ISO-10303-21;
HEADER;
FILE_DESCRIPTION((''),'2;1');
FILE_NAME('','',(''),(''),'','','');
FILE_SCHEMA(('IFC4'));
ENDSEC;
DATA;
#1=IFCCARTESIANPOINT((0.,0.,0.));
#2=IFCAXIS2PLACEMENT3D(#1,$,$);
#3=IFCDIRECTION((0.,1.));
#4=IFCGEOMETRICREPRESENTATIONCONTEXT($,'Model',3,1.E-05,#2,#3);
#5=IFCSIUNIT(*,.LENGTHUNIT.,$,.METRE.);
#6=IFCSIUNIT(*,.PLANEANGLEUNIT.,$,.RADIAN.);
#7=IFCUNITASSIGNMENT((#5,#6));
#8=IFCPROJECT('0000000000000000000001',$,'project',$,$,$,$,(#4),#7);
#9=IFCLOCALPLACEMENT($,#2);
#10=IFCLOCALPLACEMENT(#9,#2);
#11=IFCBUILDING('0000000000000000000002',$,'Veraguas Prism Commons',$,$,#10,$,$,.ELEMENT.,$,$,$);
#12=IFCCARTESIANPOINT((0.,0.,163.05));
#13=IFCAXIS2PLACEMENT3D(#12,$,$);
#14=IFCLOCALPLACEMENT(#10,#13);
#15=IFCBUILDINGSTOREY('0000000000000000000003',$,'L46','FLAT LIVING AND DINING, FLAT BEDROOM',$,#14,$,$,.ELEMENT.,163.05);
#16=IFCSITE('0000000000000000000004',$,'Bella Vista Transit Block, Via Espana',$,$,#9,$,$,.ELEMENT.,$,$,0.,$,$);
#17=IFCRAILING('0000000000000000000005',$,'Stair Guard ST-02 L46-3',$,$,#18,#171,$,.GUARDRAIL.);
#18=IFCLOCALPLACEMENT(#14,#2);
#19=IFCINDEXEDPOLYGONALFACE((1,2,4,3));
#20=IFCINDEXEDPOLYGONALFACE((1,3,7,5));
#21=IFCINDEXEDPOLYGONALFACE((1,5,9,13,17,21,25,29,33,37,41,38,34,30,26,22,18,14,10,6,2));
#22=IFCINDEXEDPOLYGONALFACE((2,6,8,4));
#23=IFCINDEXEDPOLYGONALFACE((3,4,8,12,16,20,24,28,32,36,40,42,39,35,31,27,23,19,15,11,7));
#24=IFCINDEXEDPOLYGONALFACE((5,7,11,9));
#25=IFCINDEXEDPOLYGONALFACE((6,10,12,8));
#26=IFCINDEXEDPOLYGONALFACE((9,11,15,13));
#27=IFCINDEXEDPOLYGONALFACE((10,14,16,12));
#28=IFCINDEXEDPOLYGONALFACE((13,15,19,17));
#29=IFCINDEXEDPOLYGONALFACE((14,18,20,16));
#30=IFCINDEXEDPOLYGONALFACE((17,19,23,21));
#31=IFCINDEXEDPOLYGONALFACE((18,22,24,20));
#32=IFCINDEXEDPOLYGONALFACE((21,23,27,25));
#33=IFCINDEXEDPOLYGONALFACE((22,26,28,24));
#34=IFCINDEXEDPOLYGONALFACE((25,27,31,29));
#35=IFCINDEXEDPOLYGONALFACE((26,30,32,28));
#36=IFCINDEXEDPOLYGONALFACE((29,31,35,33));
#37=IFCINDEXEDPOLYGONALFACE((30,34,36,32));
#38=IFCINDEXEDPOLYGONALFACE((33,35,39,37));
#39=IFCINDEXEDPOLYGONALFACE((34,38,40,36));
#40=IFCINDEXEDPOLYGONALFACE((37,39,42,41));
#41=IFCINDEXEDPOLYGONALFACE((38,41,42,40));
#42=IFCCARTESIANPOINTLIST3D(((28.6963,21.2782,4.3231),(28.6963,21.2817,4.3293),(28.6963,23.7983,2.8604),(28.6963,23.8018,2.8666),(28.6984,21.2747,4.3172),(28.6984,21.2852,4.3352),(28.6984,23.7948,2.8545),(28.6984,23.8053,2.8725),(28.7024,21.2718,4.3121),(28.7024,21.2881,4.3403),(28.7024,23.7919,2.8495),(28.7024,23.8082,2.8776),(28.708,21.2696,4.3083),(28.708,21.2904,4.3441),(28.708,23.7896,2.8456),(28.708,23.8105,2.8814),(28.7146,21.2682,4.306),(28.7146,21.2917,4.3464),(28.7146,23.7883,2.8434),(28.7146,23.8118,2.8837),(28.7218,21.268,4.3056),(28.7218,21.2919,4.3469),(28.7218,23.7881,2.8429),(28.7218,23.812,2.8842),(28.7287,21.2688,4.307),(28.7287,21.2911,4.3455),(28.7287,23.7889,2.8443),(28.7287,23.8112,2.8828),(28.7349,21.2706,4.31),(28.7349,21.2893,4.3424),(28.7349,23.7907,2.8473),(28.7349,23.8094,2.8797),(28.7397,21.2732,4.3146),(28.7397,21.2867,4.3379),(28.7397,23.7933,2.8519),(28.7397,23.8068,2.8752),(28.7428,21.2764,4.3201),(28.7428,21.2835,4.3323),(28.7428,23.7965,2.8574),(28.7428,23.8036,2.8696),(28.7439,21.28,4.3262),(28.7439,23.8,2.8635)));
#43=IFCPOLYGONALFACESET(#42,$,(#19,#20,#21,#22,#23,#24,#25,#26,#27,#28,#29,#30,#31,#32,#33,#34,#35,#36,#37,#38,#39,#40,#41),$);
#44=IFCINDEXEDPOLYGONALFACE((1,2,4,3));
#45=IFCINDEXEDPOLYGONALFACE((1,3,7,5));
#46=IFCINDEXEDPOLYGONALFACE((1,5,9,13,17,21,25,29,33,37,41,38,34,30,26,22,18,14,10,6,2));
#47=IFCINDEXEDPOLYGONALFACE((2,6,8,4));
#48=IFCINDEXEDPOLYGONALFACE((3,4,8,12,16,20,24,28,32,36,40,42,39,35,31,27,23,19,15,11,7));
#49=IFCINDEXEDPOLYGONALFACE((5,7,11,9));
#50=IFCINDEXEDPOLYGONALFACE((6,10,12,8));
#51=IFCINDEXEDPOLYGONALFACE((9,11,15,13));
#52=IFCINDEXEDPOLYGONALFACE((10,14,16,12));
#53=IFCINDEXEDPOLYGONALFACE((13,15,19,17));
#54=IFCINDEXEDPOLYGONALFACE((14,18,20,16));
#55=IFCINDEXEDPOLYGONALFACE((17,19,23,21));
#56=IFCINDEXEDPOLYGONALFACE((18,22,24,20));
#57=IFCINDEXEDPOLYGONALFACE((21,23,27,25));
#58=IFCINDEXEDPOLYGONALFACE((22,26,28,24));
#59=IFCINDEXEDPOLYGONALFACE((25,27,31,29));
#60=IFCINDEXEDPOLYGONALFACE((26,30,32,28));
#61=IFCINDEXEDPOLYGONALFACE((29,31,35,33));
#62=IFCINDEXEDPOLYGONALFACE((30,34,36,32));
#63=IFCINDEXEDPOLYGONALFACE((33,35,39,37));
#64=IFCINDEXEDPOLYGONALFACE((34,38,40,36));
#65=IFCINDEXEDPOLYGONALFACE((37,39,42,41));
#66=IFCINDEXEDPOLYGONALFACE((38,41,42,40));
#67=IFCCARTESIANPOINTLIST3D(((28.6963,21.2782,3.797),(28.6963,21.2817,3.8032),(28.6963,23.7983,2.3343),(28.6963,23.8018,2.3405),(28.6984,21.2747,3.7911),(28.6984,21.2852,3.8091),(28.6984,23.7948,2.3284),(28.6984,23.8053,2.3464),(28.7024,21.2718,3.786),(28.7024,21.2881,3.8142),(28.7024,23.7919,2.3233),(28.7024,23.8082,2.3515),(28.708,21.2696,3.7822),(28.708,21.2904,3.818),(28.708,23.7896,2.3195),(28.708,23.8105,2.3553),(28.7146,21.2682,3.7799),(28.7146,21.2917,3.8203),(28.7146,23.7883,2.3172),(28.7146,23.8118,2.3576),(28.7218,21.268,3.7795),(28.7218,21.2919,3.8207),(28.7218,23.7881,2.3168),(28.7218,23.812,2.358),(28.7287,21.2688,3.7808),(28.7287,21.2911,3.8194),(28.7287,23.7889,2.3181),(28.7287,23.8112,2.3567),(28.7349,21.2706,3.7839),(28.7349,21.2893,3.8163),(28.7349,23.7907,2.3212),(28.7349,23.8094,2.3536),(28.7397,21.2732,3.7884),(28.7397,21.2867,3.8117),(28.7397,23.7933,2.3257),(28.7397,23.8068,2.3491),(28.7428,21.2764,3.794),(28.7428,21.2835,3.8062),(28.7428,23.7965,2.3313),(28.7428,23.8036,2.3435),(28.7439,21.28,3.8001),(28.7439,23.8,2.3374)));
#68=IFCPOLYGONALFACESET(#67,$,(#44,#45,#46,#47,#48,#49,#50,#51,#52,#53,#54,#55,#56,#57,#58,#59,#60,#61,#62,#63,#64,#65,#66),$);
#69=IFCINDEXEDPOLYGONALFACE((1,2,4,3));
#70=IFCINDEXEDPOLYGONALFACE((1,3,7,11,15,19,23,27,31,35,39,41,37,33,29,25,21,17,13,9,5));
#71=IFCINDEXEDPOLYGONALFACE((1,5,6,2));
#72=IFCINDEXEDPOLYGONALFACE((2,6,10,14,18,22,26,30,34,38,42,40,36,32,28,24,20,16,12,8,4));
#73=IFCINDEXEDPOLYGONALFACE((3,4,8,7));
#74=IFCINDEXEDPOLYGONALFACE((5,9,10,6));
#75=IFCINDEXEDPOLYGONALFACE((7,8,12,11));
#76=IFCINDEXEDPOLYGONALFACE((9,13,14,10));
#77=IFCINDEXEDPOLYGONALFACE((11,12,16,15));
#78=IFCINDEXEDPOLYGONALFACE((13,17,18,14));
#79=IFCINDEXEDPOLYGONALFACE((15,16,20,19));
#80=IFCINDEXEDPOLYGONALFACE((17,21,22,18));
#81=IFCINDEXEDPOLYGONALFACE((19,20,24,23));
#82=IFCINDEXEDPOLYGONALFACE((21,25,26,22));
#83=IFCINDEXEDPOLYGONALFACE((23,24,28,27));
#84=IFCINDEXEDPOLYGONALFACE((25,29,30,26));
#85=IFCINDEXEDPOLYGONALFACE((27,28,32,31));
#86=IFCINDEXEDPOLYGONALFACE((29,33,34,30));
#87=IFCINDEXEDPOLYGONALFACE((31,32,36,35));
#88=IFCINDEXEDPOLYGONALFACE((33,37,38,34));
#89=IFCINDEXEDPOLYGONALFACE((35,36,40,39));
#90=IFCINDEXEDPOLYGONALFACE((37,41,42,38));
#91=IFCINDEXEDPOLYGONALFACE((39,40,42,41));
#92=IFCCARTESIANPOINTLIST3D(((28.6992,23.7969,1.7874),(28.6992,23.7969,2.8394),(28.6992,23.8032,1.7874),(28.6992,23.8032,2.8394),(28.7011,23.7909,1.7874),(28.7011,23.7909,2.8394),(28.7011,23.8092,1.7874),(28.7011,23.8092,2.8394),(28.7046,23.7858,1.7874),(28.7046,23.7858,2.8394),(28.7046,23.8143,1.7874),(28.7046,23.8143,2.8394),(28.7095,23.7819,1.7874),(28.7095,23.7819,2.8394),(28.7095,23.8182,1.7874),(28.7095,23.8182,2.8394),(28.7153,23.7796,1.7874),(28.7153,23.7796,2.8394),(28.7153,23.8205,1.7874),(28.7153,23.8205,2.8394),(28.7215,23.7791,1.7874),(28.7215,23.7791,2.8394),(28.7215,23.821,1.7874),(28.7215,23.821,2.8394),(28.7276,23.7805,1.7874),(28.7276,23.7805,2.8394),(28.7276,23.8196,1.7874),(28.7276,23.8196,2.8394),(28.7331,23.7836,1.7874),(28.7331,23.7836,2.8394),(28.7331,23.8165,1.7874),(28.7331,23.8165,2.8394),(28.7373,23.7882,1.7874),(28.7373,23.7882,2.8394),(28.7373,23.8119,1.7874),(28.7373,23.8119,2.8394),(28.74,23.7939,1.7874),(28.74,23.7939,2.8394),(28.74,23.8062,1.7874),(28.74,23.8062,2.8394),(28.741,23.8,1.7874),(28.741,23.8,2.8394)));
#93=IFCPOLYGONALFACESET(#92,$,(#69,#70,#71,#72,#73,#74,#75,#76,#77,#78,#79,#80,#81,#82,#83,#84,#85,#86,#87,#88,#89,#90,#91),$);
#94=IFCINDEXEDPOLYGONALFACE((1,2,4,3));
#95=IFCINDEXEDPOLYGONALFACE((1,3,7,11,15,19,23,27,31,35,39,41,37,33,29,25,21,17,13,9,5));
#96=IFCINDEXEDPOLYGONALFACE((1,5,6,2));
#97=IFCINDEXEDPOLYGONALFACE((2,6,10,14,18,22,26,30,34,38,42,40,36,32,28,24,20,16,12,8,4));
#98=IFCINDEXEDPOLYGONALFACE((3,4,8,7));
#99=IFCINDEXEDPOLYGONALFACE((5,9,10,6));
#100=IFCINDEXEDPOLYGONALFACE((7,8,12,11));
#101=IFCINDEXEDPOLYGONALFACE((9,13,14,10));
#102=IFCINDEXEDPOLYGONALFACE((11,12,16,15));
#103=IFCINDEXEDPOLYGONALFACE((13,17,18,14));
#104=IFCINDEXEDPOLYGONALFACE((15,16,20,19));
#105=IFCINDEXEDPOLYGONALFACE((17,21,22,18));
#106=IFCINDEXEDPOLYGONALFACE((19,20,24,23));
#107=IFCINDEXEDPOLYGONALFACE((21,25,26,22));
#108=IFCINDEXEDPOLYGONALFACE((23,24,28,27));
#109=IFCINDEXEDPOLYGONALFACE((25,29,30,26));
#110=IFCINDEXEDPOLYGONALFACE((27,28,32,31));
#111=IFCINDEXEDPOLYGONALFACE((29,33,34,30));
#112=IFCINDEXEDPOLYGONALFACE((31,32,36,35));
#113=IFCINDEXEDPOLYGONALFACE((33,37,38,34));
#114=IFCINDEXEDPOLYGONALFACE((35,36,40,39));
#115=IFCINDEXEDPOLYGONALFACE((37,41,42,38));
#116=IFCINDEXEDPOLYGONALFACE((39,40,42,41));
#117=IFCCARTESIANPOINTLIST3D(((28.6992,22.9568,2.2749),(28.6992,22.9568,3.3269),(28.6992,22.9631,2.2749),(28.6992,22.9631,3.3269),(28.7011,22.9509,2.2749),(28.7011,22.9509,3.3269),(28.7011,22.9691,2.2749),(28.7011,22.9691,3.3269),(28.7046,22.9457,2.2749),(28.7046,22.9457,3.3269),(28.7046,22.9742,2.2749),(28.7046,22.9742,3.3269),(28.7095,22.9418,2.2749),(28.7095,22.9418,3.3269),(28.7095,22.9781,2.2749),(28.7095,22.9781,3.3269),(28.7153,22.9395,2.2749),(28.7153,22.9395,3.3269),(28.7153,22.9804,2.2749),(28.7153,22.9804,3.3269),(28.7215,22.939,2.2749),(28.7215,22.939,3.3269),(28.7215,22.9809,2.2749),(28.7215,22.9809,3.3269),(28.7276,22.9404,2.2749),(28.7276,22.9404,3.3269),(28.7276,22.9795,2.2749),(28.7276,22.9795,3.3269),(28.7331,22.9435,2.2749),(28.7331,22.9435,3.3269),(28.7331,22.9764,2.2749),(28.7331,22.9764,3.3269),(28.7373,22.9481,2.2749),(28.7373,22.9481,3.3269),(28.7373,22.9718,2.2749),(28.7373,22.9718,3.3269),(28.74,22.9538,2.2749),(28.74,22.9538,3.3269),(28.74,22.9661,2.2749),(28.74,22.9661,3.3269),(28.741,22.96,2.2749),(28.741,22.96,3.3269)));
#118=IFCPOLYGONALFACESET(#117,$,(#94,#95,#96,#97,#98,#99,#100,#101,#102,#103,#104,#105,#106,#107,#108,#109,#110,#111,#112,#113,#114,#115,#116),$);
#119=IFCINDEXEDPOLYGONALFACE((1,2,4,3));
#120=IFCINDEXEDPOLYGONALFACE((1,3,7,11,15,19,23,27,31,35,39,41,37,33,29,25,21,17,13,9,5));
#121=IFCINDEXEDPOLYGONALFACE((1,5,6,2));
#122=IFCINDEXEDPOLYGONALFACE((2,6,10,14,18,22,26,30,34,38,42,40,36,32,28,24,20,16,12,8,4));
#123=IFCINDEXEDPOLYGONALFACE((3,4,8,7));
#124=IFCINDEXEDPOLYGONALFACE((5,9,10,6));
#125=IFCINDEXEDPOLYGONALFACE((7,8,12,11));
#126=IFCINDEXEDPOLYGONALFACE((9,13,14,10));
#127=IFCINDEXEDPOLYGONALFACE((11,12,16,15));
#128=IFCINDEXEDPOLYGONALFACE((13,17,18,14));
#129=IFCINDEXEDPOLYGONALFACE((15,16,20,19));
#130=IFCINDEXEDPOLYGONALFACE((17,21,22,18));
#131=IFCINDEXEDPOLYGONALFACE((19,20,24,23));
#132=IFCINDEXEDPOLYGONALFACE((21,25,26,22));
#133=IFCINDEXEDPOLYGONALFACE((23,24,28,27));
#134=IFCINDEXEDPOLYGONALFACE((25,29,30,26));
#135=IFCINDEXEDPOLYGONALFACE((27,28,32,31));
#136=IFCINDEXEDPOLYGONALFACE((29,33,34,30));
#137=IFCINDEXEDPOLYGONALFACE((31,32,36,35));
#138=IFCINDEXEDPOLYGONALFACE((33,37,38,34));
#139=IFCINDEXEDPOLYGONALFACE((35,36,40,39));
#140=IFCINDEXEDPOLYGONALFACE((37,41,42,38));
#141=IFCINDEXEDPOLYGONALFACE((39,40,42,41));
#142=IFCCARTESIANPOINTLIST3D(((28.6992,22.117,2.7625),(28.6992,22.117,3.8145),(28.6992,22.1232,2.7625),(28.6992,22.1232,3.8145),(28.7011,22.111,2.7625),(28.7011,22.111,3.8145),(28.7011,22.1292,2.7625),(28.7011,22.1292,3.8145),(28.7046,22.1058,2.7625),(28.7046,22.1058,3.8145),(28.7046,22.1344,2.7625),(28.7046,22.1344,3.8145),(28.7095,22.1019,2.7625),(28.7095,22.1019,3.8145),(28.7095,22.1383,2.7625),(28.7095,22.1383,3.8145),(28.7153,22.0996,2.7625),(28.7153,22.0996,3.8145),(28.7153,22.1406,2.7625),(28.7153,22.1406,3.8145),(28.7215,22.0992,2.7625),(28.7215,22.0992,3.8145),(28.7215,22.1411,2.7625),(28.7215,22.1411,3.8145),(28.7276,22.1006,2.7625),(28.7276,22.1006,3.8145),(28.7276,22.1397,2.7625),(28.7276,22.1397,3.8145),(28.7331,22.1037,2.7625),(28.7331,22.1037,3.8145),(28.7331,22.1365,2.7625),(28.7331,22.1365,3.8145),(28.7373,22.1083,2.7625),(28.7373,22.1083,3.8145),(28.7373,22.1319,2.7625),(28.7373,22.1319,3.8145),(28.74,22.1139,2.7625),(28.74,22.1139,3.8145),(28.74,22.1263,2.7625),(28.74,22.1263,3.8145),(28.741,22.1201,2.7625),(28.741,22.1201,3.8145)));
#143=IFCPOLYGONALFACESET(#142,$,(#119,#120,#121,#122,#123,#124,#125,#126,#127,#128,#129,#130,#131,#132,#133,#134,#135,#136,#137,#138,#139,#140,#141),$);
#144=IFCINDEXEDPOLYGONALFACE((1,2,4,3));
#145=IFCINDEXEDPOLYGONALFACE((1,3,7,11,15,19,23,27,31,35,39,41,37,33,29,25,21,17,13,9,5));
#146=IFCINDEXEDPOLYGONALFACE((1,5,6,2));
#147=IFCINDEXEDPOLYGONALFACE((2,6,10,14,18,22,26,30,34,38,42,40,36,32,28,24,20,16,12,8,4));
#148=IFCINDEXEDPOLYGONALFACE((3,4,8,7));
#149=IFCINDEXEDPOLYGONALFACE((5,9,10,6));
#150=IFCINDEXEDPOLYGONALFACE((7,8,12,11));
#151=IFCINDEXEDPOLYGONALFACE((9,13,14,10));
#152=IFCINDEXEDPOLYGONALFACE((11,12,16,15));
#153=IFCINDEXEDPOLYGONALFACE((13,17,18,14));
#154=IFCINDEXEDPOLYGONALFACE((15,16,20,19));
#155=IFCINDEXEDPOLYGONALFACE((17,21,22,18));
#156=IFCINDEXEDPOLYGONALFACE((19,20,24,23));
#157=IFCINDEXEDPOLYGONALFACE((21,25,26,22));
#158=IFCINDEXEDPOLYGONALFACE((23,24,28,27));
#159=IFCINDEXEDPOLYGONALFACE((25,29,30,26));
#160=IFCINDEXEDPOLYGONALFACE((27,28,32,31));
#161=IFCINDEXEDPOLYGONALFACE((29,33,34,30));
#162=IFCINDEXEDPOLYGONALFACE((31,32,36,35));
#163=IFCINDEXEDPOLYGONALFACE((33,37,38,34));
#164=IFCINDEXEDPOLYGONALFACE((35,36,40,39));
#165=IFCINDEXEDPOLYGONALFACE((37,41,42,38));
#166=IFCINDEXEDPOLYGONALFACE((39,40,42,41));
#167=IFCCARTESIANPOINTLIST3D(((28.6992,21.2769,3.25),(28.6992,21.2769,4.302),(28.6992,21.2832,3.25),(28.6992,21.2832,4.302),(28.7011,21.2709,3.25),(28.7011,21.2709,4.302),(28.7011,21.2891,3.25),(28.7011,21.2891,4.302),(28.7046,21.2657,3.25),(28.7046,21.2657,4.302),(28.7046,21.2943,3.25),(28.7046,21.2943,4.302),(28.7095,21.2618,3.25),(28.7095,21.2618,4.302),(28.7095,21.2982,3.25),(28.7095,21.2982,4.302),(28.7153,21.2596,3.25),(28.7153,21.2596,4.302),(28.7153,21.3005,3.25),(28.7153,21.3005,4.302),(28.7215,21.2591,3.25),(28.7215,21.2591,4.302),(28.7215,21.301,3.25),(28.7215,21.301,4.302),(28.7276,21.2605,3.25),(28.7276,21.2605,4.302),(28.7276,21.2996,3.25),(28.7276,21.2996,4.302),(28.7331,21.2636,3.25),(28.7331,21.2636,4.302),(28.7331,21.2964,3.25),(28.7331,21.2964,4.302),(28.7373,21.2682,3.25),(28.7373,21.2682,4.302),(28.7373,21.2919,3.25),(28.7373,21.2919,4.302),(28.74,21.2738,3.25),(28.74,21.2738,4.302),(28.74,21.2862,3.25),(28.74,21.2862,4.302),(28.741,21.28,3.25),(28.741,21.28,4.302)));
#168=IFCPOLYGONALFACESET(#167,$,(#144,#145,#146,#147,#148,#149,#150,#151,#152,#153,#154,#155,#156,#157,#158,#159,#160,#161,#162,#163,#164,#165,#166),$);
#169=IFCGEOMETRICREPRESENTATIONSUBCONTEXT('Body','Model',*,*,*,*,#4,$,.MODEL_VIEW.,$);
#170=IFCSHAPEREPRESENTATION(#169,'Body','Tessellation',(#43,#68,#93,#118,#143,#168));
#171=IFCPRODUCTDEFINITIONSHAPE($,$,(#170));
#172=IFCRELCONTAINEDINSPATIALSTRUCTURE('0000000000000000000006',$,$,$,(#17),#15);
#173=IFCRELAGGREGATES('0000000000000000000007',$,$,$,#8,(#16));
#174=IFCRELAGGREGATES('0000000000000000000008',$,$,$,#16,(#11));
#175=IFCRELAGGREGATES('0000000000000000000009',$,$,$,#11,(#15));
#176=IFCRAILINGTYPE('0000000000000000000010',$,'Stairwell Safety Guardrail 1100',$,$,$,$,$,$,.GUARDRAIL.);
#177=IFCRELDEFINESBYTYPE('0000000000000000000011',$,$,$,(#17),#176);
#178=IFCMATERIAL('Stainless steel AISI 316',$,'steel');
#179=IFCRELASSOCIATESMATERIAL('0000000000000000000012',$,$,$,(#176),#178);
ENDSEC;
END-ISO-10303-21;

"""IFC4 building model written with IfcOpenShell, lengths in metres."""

from ifc_helpers import new_model, si_unit, direction, frame, origin, origin_2d, place, context, subcontext, project, spatial, circle, extrude, material, type_object, element, save


model = new_model("IFC4")

# Units and contexts
model_context = context("Model", 3, precision=1e-05, world=origin(), true_north=direction((0.0, 1.0)))
body_context = subcontext(model_context, "Body", "Model", "MODEL_VIEW")
ifc_project = project(units=[si_unit("LENGTHUNIT", "METRE"), si_unit("PLANEANGLEUNIT", "RADIAN")], contexts=[model_context])

# Site, building, storey
site_placement = place(None, origin())
site = spatial("IfcSite", under=ifc_project, at=site_placement, Name="Bella Vista Transit Block, Via Espana", CompositionType="ELEMENT", RefElevation=0.0)
building_placement = place(site_placement, origin())
building = spatial("IfcBuilding", under=site, at=building_placement, Name="Veraguas Prism Commons", CompositionType="ELEMENT")
storey_placement = place(building_placement, frame((0.0, 0.0, 163.05)))
storey = spatial("IfcBuildingStorey", under=building, at=storey_placement, Name="L46", Description="FLAT LIVING AND DINING, FLAT BEDROOM", CompositionType="ELEMENT", Elevation=163.05)

# Shared definitions
ifc_material_1 = material(Name="Stainless steel AISI 316", Category="steel")

# Railing
railing_type_1 = type_object("IfcRailingType", Name="Stairwell Safety Guardrail 1100", PredefinedType="GUARDRAIL", material=ifc_material_1)
railing_1_placement = place(storey_placement, frame((28.72, 23.8, 1.7874)))
element("IfcRailing", 1, at=railing_1_placement, inside=storey, type_object=railing_type_1, Name="Stair Guard ST-02 L46-3", PredefinedType="GUARDRAIL", context=body_context, shape_type="SweptSolid", body=[
    extrude(circle(Radius=0.0239, at=origin_2d()), frame((0.0, 0.0, 1.0762), z_axis=(0.0, -0.864877, 0.501984), x_axis=(1.0, 0.0, 0.0)), (0.0, 0.0, 1.0), 2.9138),
    extrude(circle(Radius=0.0239, at=origin_2d()), frame((0.0, 0.0, 0.55), z_axis=(0.0, -0.864877, 0.501984), x_axis=(1.0, 0.0, 0.0)), (0.0, 0.0, 1.0), 2.9138),
    extrude(circle(Radius=0.021, at=origin_2d()), origin(), (0.0, 0.0, 1.0), 1.052),
    extrude(circle(Radius=0.021, at=origin_2d()), frame((0.0, -0.8401, 0.4875)), (0.0, 0.0, 1.0), 1.052),
    extrude(circle(Radius=0.021, at=origin_2d()), frame((0.0, -1.6799, 0.9751)), (0.0, 0.0, 1.0), 1.052),
    extrude(circle(Radius=0.021, at=origin_2d()), frame((0.0, -2.52, 1.4626)), (0.0, 0.0, 1.0), 1.052),
])

save(model, "model.ifc")
